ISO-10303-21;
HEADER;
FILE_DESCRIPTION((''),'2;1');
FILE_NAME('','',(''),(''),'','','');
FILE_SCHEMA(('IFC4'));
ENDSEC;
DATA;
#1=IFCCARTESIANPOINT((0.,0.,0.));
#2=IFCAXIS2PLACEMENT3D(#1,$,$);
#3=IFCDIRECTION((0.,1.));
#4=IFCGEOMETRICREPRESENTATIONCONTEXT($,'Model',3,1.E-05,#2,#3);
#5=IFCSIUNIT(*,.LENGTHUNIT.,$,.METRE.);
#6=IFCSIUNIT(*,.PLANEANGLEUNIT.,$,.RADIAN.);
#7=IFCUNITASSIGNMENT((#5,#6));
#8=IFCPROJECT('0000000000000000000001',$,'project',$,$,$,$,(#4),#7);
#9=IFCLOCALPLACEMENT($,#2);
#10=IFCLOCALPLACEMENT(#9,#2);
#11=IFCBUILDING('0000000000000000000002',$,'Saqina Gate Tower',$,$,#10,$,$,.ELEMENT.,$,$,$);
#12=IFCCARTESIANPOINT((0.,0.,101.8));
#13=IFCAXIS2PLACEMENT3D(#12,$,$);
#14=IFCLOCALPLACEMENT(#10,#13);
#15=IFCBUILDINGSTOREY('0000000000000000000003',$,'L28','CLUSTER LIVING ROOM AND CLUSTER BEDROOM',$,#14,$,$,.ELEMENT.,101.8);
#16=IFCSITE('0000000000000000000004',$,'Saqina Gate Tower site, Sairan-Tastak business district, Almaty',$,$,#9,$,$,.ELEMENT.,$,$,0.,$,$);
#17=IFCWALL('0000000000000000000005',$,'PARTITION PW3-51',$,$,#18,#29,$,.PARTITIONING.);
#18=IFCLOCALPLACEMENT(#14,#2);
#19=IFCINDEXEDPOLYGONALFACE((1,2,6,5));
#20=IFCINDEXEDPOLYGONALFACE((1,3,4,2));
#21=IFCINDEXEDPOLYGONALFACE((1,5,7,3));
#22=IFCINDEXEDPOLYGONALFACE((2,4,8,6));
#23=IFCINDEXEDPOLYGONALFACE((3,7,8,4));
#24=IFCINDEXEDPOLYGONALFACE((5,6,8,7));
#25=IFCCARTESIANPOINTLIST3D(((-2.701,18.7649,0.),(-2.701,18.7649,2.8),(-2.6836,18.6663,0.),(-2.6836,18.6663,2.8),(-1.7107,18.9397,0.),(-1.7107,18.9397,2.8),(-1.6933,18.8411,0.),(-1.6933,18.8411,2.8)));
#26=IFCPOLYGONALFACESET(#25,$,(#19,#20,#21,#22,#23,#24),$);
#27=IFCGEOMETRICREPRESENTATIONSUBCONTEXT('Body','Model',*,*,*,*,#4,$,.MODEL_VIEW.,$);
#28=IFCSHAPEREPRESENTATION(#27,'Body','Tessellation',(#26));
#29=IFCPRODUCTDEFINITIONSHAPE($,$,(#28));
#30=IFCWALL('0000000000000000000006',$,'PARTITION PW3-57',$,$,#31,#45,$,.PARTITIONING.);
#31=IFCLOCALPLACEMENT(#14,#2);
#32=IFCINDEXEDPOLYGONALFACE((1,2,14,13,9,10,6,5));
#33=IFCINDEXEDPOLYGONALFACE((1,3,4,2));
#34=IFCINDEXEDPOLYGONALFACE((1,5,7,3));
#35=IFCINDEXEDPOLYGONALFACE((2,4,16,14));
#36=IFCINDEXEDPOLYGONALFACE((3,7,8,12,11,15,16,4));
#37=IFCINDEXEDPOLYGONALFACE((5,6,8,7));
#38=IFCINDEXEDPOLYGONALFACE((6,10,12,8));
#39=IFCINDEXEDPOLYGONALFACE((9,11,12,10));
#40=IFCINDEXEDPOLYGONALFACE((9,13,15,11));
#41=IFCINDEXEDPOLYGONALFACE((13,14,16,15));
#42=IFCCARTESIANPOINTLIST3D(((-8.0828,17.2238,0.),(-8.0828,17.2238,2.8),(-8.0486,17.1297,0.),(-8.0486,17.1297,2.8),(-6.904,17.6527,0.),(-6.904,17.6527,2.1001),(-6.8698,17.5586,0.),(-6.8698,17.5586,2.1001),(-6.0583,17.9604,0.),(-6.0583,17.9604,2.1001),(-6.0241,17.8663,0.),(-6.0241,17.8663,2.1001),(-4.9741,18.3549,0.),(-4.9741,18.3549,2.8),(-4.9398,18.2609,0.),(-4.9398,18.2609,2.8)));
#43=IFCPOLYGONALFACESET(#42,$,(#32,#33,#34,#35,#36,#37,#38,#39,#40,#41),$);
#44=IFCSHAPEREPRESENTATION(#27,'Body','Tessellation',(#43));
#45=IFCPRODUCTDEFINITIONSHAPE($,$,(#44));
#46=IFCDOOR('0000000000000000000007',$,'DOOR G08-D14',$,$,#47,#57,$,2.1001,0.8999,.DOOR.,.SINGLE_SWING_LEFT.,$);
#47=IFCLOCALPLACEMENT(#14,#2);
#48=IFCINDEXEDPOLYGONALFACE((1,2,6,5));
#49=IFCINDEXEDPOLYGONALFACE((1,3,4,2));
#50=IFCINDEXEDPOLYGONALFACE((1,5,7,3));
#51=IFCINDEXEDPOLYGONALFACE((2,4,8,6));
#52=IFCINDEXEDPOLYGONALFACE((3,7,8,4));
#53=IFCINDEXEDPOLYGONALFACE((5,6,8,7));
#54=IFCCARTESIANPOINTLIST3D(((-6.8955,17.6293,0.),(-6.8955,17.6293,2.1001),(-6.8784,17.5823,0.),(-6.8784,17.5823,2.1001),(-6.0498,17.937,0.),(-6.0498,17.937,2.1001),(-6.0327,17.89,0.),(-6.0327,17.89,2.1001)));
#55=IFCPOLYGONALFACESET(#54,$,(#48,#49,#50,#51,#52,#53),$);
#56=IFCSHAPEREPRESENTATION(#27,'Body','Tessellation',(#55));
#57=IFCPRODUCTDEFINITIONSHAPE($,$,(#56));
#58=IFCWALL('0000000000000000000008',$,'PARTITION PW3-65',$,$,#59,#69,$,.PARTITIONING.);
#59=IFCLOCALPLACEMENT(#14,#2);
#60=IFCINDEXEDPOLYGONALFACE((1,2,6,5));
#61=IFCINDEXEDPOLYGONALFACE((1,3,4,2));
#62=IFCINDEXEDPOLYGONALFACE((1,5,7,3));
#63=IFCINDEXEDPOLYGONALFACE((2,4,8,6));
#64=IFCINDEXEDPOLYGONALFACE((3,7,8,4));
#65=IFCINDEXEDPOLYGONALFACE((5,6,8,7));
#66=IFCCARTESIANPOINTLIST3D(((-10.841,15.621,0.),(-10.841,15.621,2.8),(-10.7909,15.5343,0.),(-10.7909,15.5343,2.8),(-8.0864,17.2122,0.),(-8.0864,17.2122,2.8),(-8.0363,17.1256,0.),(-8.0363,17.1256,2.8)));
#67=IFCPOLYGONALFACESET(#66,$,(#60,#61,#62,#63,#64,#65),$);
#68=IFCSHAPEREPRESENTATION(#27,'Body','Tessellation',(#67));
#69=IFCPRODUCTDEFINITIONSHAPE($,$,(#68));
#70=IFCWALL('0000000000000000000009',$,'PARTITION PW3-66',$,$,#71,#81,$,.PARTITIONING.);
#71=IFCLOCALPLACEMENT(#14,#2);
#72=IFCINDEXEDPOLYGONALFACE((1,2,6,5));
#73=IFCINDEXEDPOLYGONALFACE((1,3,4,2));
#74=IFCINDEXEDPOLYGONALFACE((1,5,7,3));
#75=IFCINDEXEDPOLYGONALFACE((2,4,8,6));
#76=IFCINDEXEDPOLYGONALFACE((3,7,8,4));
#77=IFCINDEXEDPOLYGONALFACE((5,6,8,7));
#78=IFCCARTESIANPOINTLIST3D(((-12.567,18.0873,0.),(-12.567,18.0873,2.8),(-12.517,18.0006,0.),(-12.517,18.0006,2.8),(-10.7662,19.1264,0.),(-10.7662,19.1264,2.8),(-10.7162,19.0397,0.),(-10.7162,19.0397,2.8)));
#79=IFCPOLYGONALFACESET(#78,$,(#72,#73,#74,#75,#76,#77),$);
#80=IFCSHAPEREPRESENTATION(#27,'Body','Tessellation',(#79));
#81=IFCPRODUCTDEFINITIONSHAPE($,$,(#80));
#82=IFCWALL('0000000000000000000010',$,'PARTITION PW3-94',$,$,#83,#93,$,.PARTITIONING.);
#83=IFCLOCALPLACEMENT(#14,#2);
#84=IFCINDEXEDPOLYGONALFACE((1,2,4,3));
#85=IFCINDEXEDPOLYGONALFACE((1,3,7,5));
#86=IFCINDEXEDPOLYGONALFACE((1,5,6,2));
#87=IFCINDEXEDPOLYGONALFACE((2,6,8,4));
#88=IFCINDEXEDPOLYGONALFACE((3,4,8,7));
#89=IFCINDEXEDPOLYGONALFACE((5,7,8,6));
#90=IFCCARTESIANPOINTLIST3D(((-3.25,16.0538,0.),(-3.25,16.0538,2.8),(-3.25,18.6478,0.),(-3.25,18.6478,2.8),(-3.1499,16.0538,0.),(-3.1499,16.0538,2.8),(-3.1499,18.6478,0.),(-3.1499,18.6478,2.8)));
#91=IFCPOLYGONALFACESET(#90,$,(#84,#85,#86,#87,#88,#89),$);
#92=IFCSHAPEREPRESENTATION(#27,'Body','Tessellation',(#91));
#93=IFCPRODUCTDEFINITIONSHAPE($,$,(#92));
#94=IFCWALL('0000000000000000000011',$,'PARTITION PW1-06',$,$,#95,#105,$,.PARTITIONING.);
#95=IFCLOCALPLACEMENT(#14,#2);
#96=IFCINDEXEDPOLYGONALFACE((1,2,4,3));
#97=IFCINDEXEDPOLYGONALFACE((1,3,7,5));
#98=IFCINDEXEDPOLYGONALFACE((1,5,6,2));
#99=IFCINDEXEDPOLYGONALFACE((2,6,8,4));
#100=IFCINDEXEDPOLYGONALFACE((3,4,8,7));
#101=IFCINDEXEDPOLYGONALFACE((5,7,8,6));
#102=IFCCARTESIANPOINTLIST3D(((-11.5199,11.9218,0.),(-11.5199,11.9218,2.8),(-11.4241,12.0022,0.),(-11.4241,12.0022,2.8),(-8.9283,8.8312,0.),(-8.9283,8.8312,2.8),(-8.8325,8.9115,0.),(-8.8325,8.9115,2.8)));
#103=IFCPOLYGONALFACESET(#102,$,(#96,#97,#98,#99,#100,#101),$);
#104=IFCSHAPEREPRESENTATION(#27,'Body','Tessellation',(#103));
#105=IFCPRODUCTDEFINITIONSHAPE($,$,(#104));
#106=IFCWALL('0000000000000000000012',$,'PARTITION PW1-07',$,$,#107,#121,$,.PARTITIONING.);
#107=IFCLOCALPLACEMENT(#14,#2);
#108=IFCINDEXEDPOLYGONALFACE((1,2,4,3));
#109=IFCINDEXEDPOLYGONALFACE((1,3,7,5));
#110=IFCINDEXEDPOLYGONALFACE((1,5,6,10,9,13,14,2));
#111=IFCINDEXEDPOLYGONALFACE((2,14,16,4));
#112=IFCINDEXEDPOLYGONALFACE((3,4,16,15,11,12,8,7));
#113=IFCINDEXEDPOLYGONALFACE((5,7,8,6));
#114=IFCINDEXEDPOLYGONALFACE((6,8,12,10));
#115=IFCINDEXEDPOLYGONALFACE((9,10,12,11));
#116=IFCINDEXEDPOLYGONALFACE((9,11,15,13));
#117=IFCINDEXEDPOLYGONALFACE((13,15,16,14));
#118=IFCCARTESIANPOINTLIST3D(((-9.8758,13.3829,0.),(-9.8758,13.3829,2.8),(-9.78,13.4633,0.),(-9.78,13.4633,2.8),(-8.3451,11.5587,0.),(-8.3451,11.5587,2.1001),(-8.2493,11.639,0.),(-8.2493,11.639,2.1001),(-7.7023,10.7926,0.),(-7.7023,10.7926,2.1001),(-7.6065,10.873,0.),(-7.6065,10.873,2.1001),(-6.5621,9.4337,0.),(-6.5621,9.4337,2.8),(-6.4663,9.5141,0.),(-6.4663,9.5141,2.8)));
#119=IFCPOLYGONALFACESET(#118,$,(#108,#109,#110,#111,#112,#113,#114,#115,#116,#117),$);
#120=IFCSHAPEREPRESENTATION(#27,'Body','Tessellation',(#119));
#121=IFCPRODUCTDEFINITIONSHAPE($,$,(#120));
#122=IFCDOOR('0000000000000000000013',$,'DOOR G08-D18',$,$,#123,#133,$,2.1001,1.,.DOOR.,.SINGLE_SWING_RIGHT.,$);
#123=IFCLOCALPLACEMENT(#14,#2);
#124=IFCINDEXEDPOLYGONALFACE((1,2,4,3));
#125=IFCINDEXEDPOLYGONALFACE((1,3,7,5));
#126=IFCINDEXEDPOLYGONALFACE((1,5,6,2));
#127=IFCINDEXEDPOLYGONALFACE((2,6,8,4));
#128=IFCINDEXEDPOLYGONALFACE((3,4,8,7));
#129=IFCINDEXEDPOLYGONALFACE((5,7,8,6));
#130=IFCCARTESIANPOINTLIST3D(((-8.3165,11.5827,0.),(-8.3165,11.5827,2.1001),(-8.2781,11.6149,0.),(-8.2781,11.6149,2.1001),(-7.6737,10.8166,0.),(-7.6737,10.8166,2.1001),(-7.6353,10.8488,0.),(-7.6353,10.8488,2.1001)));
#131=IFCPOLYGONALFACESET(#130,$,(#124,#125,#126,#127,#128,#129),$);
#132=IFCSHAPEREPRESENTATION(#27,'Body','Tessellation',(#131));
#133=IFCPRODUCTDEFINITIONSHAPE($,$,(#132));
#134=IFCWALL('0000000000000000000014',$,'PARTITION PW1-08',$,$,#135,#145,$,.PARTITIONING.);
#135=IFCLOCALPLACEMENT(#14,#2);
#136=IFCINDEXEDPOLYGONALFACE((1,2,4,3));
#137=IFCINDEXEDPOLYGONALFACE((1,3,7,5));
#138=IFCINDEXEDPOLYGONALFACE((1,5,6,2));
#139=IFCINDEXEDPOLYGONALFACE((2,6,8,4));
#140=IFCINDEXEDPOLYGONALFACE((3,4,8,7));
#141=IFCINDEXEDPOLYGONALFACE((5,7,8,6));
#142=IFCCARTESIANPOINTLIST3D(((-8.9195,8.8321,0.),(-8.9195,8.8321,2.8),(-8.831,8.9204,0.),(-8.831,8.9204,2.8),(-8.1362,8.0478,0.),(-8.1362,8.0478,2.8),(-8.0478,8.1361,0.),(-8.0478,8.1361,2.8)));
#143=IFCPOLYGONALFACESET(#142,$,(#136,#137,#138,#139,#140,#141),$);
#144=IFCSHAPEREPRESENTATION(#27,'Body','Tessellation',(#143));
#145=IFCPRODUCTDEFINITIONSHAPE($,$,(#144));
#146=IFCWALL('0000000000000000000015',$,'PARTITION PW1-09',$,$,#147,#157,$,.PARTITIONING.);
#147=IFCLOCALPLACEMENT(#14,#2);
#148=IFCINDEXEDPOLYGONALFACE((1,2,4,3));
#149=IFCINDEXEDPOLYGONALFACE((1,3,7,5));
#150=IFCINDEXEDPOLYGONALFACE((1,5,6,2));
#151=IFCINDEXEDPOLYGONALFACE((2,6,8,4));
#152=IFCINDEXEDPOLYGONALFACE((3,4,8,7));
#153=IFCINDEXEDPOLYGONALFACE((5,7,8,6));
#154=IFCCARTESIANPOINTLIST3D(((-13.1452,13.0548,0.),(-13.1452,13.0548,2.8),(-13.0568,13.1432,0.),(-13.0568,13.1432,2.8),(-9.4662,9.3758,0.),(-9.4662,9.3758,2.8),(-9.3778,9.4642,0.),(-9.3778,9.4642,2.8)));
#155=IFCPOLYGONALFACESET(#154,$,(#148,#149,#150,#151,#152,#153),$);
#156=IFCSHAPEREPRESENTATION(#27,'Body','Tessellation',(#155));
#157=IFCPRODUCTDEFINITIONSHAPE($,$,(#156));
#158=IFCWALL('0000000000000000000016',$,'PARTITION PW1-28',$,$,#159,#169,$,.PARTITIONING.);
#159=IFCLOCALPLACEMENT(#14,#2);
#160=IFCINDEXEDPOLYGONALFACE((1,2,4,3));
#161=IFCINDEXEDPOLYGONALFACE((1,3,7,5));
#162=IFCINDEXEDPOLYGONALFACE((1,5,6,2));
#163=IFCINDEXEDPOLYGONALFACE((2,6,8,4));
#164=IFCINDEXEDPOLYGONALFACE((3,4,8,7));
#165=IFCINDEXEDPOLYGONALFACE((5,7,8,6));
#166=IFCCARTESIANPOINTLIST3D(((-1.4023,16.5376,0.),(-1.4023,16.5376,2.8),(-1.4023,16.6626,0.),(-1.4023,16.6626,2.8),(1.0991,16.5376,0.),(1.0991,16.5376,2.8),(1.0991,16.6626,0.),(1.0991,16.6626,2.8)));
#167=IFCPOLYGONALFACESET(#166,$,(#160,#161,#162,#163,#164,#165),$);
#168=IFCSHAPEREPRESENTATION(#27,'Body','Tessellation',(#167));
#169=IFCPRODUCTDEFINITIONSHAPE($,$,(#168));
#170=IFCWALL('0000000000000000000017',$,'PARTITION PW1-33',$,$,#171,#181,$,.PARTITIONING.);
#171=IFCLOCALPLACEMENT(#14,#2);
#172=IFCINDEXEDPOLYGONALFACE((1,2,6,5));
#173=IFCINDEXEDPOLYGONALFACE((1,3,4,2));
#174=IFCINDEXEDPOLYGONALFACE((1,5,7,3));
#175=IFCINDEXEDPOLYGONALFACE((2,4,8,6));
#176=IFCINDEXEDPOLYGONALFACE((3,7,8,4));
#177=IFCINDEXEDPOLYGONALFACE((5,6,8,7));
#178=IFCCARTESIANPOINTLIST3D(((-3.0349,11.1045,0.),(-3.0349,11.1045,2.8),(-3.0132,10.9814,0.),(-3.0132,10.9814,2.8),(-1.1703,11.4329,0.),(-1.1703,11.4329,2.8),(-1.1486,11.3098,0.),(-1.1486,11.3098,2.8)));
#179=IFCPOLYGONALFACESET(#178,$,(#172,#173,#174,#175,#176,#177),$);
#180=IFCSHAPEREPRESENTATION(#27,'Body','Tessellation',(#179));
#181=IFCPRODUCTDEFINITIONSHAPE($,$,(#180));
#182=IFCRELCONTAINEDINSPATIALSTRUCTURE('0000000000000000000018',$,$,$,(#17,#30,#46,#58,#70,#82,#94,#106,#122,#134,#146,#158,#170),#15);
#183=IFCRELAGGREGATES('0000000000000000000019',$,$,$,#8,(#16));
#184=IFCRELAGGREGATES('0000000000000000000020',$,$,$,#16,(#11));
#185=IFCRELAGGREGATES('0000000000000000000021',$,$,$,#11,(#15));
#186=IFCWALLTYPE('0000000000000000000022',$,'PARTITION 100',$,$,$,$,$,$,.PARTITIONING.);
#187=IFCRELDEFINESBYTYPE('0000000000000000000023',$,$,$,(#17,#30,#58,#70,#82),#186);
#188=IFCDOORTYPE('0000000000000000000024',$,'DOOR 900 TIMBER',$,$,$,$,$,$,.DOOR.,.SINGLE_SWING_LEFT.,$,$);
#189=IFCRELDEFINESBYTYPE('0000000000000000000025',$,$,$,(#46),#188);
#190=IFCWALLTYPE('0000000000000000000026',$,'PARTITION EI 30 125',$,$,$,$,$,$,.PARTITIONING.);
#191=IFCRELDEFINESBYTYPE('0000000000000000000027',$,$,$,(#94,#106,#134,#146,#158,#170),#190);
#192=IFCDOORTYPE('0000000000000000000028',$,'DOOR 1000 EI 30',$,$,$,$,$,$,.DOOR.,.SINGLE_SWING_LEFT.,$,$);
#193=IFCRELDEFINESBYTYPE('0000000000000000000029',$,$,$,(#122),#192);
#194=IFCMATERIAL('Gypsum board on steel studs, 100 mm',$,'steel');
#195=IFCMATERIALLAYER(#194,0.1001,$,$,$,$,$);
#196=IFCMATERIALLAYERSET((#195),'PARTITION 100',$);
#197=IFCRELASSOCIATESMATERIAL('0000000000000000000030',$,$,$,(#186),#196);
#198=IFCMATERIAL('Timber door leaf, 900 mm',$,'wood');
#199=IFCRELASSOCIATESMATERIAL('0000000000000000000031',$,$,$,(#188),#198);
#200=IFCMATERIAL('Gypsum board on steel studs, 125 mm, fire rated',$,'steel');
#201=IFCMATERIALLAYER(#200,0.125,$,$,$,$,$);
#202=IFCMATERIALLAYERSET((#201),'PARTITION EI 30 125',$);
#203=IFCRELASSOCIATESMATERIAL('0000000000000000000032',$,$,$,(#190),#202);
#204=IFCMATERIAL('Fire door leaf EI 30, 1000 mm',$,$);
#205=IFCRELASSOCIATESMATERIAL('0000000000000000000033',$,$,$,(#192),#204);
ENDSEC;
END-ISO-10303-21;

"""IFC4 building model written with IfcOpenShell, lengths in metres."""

from ifc_helpers import new_model, si_unit, direction, frame, frame_2d, origin, place, context, subcontext, project, spatial, rectangle, extrude, material, layer, layer_set, type_object, element, fill, save


model = new_model("IFC4")

# Units and contexts
model_context = context("Model", 3, precision=1e-05, world=origin(), true_north=direction((0.0, 1.0)))
body_context = subcontext(model_context, "Body", "Model", "MODEL_VIEW")
ifc_project = project(units=[si_unit("LENGTHUNIT", "METRE"), si_unit("PLANEANGLEUNIT", "RADIAN")], contexts=[model_context])

# Site, building, storey
site_placement = place(None, origin())
site = spatial("IfcSite", under=ifc_project, at=site_placement, Name="Saqina Gate Tower site, Sairan-Tastak business district, Almaty", CompositionType="ELEMENT", RefElevation=0.0)
building_placement = place(site_placement, origin())
building = spatial("IfcBuilding", under=site, at=building_placement, Name="Saqina Gate Tower", CompositionType="ELEMENT")
storey_placement = place(building_placement, frame((0.0, 0.0, 101.8)))
storey = spatial("IfcBuildingStorey", under=building, at=storey_placement, Name="L28", Description="CLUSTER LIVING ROOM AND CLUSTER BEDROOM", CompositionType="ELEMENT", Elevation=101.8)

# Shared definitions
ifc_material_1 = material(Name="Gypsum board on steel studs, 100 mm", Category="steel")
ifc_layer_1 = layer(ifc_material_1, 0.1001)
ifc_layer_set_1 = layer_set([ifc_layer_1], Name="PARTITION 100")
wall_type_1 = type_object("IfcWallType", Name="PARTITION 100", PredefinedType="PARTITIONING", material=ifc_layer_set_1)
ifc_material_2 = material(Name="Timber door leaf, 900 mm", Category="wood")
door_type_1 = type_object("IfcDoorType", Name="DOOR 900 TIMBER", OperationType="SINGLE_SWING_LEFT", PredefinedType="DOOR", material=ifc_material_2)

# Wall
wall_1_placement = place(storey_placement, frame((-2.6924, 18.7156, 0.0), z_axis=(0.0, 0.0, 1.0), x_axis=(0.984774, 0.173841, 0.0)))
element("IfcWall", 1, at=wall_1_placement, inside=storey, type_object=wall_type_1, Name="PARTITION PW3-51", PredefinedType="PARTITIONING", context=body_context, shape_type="SweptSolid", body=[
    extrude(rectangle(XDim=1.0056, YDim=0.1001, at=frame_2d((0.5029, 0.0))), origin(), (0.0, 0.0, 1.0), 2.8),
])

# Wall, opening, door
wall_2_placement = place(storey_placement, frame((-8.0657, 17.1768, 0.0), z_axis=(0.0, 0.0, 1.0), x_axis=(0.939727, 0.341927, 0.0)))
wall_2 = element("IfcWall", 2, at=wall_2_placement, inside=storey, type_object=wall_type_1, Name="PARTITION PW3-57", PredefinedType="PARTITIONING", context=body_context, shape_type="SweptSolid", body=[
    extrude(rectangle(XDim=3.3081, YDim=0.1001, at=frame_2d((1.6541, 0.0))), origin(), (0.0, 0.0, 1.0), 2.8),
])
opening_1_placement = place(wall_2_placement, frame((1.2544, 0.0, 0.0)))
opening_1 = element("IfcOpeningElement", 3, at=opening_1_placement, cuts=wall_2, PredefinedType="OPENING", context=body_context, shape_type="SweptSolid", body=[
    extrude(rectangle(XDim=0.8999, YDim=2.1001, at=frame_2d((0.45, 1.05))), frame((0.0, 0.062, 0.0), z_axis=(0.0, -1.0, 0.0), x_axis=(1.0, 0.0, 0.0)), (0.0, 0.0, 1.0), 0.124),
])
door_1_placement = place(opening_1_placement, frame((0.8999, 0.0, 0.0), z_axis=(0.0, 0.0, 1.0), x_axis=(-1.0, 0.0, 0.0)))
door_1 = element("IfcDoor", 4, at=door_1_placement, inside=storey, type_object=door_type_1, Name="DOOR G08-D14", OperationType="SINGLE_SWING_LEFT", OverallHeight=2.1001, OverallWidth=0.8999, PredefinedType="DOOR", context=body_context, shape_type="SweptSolid", body=[
    extrude(rectangle(XDim=0.8999, YDim=2.1001, at=frame_2d((0.45, 1.05))), frame((0.0, 0.0249, 0.0), z_axis=(0.0, -1.0, 0.0), x_axis=(1.0, 0.0, 0.0)), (0.0, 0.0, 1.0), 0.05),
])
fill(opening_1, door_1)

# Walls
wall_3_placement = place(storey_placement, frame((-10.8159, 15.5776, 0.0), z_axis=(0.0, 0.0, 1.0), x_axis=(0.865901, 0.500216, 0.0)))
element("IfcWall", 5, at=wall_3_placement, inside=storey, type_object=wall_type_1, Name="PARTITION PW3-65", PredefinedType="PARTITIONING", context=body_context, shape_type="SweptSolid", body=[
    extrude(rectangle(XDim=3.1812, YDim=0.1001, at=frame_2d((1.5906, 0.0))), origin(), (0.0, 0.0, 1.0), 2.8),
])
wall_4_placement = place(storey_placement, frame((-12.542, 18.0439, 0.0), z_axis=(0.0, 0.0, 1.0), x_axis=(0.866154, 0.499777, 0.0)))
element("IfcWall", 6, at=wall_4_placement, inside=storey, type_object=wall_type_1, Name="PARTITION PW3-66", PredefinedType="PARTITIONING", context=body_context, shape_type="SweptSolid", body=[
    extrude(rectangle(XDim=2.0791, YDim=0.1001, at=frame_2d((1.0396, 0.0))), origin(), (0.0, 0.0, 1.0), 2.8),
])
wall_5_placement = place(storey_placement, frame((-3.2, 16.054, 0.0), z_axis=(0.0, 0.0, 1.0), x_axis=(0.0, 1.0, 0.0)))
element("IfcWall", 7, at=wall_5_placement, inside=storey, type_object=wall_type_1, Name="PARTITION PW3-94", PredefinedType="PARTITIONING", context=body_context, shape_type="SweptSolid", body=[
    extrude(rectangle(XDim=2.594, YDim=0.1001, at=frame_2d((1.2969, 0.0))), origin(), (0.0, 0.0, 1.0), 2.8),
])
ifc_material_3 = material(Name="Gypsum board on steel studs, 125 mm, fire rated", Category="steel")
ifc_layer_2 = layer(ifc_material_3, 0.125)
ifc_layer_set_2 = layer_set([ifc_layer_2], Name="PARTITION EI 30 125")
wall_type_2 = type_object("IfcWallType", Name="PARTITION EI 30 125", PredefinedType="PARTITIONING", material=ifc_layer_set_2)
wall_6_placement = place(storey_placement, frame((-11.4719, 11.9619, 0.0), z_axis=(0.0, 0.0, 1.0), x_axis=(0.642533, -0.766258, 0.0)))
element("IfcWall", 8, at=wall_6_placement, inside=storey, type_object=wall_type_2, Name="PARTITION PW1-06", PredefinedType="PARTITIONING", context=body_context, shape_type="SweptSolid", body=[
    extrude(rectangle(XDim=4.0334, YDim=0.125, at=frame_2d((2.0166, 0.0))), origin(), (0.0, 0.0, 1.0), 2.8),
])

# Wall, opening, door
wall_7_placement = place(storey_placement, frame((-9.8279, 13.4231, 0.0), z_axis=(0.0, 0.0, 1.0), x_axis=(0.64278, -0.766051, 0.0)))
wall_7 = element("IfcWall", 9, at=wall_7_placement, inside=storey, type_object=wall_type_2, Name="PARTITION PW1-07", PredefinedType="PARTITIONING", context=body_context, shape_type="SweptSolid", body=[
    extrude(rectangle(XDim=5.1553, YDim=0.125, at=frame_2d((2.5776, 0.0))), origin(), (0.0, 0.0, 1.0), 2.8),
])
opening_2_placement = place(wall_7_placement, frame((2.3813, 0.0, 0.0)))
opening_2 = element("IfcOpeningElement", 10, at=opening_2_placement, cuts=wall_7, PredefinedType="OPENING", context=body_context, shape_type="SweptSolid", body=[
    extrude(rectangle(XDim=1.0, YDim=2.1001, at=frame_2d((0.5, 1.05))), frame((0.0, 0.0745, 0.0), z_axis=(0.0, -1.0, 0.0), x_axis=(1.0, 0.0, 0.0)), (0.0, 0.0, 1.0), 0.1489),
])
ifc_material_4 = material(Name="Fire door leaf EI 30, 1000 mm")
door_type_2 = type_object("IfcDoorType", Name="DOOR 1000 EI 30", OperationType="SINGLE_SWING_LEFT", PredefinedType="DOOR", material=ifc_material_4)
door_2_placement = place(opening_2_placement, origin())
door_2 = element("IfcDoor", 11, at=door_2_placement, inside=storey, type_object=door_type_2, Name="DOOR G08-D18", OperationType="SINGLE_SWING_RIGHT", OverallHeight=2.1001, OverallWidth=1.0, PredefinedType="DOOR", context=body_context, shape_type="SweptSolid", body=[
    extrude(rectangle(XDim=1.0, YDim=2.1001, at=frame_2d((0.5, 1.05))), frame((0.0, 0.0249, 0.0), z_axis=(0.0, -1.0, 0.0), x_axis=(1.0, 0.0, 0.0)), (0.0, 0.0, 1.0), 0.05),
])
fill(opening_2, door_2)

# Walls
wall_8_placement = place(storey_placement, frame((-8.8752, 8.8762, 0.0), z_axis=(0.0, 0.0, 1.0), x_axis=(0.706666, -0.707547, 0.0)))
element("IfcWall", 12, at=wall_8_placement, inside=storey, type_object=wall_type_2, Name="PARTITION PW1-08", PredefinedType="PARTITIONING", context=body_context, shape_type="SweptSolid", body=[
    extrude(rectangle(XDim=1.1084, YDim=0.125, at=frame_2d((0.5542, 0.0))), origin(), (0.0, 0.0, 1.0), 2.8),
])
wall_9_placement = place(storey_placement, frame((-13.1011, 13.0991, 0.0), z_axis=(0.0, 0.0, 1.0), x_axis=(0.707107, -0.707107, 0.0)))
element("IfcWall", 13, at=wall_9_placement, inside=storey, type_object=wall_type_2, Name="PARTITION PW1-09", PredefinedType="PARTITIONING", context=body_context, shape_type="SweptSolid", body=[
    extrude(rectangle(XDim=5.2029, YDim=0.125, at=frame_2d((2.6016, 0.0))), origin(), (0.0, 0.0, 1.0), 2.8),
])
wall_10_placement = place(storey_placement, frame((-1.4023, 16.6001, 0.0), z_axis=(0.0, 0.0, 1.0), x_axis=(1.0, 0.0, 0.0)))
element("IfcWall", 14, at=wall_10_placement, inside=storey, type_object=wall_type_2, Name="PARTITION PW1-28", PredefinedType="PARTITIONING", context=body_context, shape_type="SweptSolid", body=[
    extrude(rectangle(XDim=2.5015, YDim=0.125, at=frame_2d((1.2507, 0.0))), origin(), (0.0, 0.0, 1.0), 2.8),
])
wall_11_placement = place(storey_placement, frame((-3.0242, 11.043, 0.0), z_axis=(0.0, 0.0, 1.0), x_axis=(0.984843, 0.173447, 0.0)))
element("IfcWall", 15, at=wall_11_placement, inside=storey, type_object=wall_type_2, Name="PARTITION PW1-33", PredefinedType="PARTITIONING", context=body_context, shape_type="SweptSolid", body=[
    extrude(rectangle(XDim=1.8933, YDim=0.125, at=frame_2d((0.9468, 0.0))), origin(), (0.0, 0.0, 1.0), 2.8),
])

save(model, "model.ifc")
